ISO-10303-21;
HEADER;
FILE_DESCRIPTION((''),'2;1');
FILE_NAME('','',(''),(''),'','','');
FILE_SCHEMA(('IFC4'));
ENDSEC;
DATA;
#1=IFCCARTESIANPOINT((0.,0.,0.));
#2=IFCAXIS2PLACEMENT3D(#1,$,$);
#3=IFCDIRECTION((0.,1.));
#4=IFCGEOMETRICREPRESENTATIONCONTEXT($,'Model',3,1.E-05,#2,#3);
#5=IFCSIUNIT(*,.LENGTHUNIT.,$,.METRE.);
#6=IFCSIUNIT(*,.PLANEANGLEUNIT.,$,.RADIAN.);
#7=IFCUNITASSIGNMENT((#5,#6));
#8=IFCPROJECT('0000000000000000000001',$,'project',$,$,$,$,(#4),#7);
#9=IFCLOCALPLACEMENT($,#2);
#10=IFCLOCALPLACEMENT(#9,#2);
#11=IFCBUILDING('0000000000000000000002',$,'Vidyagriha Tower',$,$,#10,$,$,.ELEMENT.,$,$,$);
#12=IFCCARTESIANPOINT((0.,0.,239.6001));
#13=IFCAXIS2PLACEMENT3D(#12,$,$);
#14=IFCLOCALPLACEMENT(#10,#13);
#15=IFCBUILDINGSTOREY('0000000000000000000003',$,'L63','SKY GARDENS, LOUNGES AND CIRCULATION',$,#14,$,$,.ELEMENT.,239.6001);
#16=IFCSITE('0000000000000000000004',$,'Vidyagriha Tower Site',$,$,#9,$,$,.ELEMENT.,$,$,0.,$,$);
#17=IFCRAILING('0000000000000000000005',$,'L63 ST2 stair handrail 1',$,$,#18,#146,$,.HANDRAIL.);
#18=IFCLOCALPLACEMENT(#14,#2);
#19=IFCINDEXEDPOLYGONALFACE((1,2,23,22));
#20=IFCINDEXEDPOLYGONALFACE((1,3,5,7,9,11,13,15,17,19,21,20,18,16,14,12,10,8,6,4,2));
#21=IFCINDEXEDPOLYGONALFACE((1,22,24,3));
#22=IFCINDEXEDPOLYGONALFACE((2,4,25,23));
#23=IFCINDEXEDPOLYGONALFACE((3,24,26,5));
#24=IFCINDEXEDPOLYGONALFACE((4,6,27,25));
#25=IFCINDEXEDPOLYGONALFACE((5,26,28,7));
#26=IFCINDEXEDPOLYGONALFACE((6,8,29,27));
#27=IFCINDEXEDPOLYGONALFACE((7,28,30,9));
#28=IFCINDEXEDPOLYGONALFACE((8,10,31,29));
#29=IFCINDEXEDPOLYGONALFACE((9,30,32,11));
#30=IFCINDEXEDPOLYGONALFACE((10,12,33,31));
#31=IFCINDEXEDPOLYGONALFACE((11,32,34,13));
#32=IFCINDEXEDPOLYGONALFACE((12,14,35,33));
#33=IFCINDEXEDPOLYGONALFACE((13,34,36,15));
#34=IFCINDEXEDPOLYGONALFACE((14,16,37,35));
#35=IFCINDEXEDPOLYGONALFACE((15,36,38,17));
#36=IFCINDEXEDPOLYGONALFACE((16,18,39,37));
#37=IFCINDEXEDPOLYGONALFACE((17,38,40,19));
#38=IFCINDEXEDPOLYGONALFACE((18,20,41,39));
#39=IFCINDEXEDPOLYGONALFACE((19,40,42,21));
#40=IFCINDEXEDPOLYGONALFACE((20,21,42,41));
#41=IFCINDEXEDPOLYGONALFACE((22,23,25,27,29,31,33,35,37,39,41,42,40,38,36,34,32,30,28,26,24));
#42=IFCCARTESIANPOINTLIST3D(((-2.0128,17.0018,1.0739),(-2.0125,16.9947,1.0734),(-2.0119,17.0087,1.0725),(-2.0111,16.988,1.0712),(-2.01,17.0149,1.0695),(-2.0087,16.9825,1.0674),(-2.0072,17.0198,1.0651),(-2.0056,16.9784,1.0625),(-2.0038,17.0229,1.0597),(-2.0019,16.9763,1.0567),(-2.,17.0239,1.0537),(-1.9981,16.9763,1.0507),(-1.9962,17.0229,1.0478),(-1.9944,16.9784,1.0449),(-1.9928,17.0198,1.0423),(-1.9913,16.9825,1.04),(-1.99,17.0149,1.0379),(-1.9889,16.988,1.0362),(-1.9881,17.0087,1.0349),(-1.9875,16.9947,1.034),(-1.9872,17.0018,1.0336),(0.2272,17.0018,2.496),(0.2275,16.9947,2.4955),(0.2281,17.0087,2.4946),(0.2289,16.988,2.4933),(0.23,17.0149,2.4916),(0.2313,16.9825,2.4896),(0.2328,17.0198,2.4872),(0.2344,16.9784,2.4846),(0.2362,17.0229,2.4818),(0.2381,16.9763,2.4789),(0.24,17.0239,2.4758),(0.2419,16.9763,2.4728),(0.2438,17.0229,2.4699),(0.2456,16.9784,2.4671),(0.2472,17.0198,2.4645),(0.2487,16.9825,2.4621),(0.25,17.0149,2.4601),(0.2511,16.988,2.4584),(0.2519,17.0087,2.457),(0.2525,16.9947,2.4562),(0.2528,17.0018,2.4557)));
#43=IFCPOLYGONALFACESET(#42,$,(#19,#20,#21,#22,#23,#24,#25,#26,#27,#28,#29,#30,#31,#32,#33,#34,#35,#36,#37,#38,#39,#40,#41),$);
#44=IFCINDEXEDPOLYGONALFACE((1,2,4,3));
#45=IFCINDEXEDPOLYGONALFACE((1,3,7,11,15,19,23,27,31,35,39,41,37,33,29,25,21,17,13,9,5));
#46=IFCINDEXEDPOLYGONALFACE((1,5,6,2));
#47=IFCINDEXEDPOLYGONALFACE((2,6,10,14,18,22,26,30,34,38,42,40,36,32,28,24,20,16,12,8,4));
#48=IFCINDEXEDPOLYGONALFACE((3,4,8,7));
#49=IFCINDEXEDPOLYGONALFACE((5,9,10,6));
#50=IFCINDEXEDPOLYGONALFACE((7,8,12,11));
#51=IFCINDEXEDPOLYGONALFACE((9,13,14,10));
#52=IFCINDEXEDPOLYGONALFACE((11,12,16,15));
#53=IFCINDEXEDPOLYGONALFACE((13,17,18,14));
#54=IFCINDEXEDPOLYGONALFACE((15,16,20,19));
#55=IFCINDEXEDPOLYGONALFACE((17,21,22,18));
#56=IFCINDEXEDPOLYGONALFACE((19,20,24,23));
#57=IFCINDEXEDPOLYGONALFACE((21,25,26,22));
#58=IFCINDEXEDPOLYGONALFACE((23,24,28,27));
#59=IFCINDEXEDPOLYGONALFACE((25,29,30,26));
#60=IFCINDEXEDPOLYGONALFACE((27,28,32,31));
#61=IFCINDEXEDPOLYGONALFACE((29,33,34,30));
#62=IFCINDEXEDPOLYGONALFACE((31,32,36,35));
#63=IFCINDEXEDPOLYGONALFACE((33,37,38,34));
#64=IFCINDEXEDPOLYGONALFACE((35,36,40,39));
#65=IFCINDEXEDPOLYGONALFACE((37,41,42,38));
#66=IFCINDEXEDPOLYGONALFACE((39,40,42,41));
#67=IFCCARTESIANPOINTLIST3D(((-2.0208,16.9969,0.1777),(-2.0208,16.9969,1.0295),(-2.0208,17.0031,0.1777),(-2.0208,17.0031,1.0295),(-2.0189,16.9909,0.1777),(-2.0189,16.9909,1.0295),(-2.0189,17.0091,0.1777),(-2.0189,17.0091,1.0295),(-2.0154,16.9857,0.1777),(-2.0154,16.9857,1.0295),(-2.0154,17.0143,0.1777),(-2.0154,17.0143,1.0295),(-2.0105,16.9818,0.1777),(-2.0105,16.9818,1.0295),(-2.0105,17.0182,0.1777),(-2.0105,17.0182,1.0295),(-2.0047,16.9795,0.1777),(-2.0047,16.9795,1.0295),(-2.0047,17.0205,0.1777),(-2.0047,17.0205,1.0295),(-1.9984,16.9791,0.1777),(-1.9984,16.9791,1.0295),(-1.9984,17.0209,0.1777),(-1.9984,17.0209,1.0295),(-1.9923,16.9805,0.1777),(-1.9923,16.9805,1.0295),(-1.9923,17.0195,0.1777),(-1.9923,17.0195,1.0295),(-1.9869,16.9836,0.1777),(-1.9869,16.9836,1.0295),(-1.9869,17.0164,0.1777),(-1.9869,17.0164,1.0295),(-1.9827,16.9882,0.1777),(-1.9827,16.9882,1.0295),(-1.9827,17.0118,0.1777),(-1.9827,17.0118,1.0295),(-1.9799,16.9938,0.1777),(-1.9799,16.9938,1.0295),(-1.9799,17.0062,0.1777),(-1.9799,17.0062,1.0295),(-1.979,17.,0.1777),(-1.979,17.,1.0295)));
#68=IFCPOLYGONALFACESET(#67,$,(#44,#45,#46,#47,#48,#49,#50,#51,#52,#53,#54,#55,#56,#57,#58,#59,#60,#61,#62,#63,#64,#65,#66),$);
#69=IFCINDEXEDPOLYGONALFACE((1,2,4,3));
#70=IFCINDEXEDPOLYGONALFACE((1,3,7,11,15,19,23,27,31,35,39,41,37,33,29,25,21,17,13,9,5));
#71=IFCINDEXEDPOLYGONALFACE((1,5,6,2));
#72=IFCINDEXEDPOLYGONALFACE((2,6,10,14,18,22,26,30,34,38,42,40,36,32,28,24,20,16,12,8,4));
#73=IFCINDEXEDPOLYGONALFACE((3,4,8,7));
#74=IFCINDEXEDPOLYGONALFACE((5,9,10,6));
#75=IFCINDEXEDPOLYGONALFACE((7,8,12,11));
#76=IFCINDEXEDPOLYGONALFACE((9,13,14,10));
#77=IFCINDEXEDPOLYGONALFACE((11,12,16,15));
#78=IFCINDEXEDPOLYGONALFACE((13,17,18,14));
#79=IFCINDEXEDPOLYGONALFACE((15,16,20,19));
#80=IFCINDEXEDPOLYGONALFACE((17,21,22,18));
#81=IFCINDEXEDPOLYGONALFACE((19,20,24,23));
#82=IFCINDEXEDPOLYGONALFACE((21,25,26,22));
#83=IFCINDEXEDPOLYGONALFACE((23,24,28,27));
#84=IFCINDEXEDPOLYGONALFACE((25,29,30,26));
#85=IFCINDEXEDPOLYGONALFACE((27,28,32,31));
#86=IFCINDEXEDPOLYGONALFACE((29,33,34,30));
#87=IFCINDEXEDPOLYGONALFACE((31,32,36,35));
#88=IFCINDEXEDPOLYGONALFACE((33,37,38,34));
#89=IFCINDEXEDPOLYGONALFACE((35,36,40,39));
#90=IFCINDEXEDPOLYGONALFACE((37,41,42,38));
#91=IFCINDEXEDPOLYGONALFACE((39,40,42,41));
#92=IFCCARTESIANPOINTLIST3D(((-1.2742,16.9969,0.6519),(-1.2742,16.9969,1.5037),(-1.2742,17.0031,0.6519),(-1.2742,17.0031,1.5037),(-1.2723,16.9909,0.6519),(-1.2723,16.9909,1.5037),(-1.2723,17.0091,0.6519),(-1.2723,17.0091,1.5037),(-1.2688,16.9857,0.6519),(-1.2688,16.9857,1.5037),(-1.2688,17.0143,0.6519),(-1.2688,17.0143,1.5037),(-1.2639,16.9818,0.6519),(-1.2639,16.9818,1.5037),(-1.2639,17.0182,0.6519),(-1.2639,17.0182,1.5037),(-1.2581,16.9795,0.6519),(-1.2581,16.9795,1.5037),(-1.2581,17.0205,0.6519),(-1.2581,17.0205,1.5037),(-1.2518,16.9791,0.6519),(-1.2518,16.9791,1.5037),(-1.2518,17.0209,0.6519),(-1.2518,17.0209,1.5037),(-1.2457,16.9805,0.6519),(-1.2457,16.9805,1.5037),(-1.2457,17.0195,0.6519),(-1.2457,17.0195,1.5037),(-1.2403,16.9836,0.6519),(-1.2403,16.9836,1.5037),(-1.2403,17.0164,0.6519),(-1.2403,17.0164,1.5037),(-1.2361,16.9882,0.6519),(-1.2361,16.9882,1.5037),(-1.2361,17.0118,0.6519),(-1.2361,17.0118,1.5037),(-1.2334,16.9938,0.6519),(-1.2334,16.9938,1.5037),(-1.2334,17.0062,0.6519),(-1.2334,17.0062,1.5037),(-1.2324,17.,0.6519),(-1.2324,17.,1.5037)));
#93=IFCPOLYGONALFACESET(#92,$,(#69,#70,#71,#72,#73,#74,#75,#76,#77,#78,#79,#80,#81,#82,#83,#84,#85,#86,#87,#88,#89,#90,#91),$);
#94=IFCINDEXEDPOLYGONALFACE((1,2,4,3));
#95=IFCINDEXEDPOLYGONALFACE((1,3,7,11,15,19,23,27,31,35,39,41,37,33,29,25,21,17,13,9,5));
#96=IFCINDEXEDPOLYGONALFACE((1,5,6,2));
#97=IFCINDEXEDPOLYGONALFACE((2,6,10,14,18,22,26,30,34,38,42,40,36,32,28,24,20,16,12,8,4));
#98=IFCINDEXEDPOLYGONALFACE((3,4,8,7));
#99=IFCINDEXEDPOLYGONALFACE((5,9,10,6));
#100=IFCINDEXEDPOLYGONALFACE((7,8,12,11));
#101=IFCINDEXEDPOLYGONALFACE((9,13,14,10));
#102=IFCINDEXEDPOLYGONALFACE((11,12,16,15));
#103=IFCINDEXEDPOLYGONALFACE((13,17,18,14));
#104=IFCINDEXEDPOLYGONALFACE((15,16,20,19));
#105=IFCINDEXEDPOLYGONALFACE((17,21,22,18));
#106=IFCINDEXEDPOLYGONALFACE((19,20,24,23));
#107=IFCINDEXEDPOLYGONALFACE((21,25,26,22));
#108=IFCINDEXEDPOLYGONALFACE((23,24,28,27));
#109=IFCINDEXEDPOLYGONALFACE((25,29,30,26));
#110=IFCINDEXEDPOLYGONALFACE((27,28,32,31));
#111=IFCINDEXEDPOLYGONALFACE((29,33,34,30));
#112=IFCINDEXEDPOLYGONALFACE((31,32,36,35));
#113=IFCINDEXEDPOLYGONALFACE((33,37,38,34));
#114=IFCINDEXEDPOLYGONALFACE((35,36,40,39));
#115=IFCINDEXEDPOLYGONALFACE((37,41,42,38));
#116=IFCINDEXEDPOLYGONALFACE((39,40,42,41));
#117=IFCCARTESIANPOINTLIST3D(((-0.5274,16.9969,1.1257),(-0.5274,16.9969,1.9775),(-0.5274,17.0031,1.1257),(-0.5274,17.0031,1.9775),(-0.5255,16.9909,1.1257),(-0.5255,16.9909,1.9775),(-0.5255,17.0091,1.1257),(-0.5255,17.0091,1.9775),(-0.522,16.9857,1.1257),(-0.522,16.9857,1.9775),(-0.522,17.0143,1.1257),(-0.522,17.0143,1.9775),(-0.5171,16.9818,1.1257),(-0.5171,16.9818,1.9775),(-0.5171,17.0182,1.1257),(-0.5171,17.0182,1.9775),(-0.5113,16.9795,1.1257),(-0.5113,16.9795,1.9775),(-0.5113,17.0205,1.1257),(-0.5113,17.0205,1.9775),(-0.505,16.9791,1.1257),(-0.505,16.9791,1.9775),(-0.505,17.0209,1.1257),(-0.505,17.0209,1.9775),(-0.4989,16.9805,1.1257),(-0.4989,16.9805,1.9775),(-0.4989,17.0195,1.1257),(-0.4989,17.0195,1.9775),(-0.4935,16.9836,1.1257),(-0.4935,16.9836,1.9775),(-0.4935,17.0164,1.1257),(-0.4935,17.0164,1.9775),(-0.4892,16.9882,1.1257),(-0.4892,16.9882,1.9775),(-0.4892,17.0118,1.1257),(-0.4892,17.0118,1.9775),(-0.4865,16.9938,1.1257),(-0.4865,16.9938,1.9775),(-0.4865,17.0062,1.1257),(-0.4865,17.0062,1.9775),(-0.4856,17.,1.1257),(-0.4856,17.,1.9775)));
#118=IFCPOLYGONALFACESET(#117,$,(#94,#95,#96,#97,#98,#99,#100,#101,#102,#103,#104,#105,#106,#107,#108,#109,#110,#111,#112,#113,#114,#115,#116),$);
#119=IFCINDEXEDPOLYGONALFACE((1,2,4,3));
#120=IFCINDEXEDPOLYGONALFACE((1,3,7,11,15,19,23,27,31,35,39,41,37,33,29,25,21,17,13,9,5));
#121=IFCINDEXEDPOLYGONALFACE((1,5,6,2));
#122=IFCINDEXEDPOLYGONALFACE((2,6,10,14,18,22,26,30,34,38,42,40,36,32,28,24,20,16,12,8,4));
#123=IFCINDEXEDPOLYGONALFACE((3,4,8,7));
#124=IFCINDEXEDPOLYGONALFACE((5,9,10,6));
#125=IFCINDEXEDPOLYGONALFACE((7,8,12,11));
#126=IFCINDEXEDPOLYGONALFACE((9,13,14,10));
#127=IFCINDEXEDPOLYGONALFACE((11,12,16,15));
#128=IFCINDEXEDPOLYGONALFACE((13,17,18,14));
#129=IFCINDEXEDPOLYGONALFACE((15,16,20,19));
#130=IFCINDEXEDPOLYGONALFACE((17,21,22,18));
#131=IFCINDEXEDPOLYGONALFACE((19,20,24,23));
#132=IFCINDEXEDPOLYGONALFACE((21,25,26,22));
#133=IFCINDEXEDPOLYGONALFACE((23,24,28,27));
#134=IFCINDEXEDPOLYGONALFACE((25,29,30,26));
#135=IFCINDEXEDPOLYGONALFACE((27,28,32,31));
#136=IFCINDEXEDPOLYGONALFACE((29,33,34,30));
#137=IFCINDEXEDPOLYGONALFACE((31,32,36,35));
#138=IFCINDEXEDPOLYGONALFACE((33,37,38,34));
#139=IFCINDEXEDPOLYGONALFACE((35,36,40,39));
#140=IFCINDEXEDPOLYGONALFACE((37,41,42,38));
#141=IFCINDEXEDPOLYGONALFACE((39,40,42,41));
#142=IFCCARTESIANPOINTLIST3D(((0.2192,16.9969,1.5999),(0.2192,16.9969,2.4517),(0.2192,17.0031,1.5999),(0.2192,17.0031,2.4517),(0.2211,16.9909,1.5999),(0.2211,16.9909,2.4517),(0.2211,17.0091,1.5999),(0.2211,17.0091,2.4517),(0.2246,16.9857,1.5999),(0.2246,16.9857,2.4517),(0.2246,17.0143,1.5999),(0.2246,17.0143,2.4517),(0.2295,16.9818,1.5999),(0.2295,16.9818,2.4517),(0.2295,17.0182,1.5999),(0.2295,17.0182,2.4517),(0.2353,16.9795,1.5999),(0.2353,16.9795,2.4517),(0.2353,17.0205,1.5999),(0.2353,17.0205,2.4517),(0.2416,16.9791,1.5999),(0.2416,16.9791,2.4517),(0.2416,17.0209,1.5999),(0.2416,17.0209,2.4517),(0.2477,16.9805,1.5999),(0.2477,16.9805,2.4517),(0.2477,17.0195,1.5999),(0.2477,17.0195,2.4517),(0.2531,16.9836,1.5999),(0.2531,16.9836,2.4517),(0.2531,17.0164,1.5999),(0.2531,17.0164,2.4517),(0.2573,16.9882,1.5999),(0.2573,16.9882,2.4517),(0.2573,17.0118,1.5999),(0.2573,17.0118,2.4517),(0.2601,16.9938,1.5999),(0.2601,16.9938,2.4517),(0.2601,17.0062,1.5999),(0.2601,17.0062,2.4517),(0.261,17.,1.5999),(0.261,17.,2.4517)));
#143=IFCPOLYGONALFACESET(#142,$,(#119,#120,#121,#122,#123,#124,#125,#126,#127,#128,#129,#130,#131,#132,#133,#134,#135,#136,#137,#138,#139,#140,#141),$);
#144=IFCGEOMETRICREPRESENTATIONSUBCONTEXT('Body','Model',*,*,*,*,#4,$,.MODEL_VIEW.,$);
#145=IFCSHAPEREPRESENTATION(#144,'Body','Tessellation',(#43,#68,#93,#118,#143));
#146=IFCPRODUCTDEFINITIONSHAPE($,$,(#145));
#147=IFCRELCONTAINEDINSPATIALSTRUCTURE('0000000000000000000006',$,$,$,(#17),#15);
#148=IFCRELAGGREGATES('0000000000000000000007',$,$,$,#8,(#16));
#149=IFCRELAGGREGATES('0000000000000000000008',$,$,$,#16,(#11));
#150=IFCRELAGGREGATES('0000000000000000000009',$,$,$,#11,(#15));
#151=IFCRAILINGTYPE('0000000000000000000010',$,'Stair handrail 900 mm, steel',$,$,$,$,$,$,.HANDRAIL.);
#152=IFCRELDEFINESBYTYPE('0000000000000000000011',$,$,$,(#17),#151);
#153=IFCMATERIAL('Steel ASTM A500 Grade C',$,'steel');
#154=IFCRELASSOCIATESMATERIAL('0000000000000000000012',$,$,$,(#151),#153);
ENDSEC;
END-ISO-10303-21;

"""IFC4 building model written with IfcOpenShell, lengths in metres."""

from ifc_helpers import new_model, si_unit, direction, frame, origin, origin_2d, place, context, subcontext, project, spatial, circle, extrude, material, type_object, element, save


model = new_model("IFC4")

# Units and contexts
model_context = context("Model", 3, precision=1e-05, world=origin(), true_north=direction((0.0, 1.0)))
body_context = subcontext(model_context, "Body", "Model", "MODEL_VIEW")
ifc_project = project(units=[si_unit("LENGTHUNIT", "METRE"), si_unit("PLANEANGLEUNIT", "RADIAN")], contexts=[model_context])

# Site, building, storey
site_placement = place(None, origin())
site = spatial("IfcSite", under=ifc_project, at=site_placement, Name="Vidyagriha Tower Site", CompositionType="ELEMENT", RefElevation=0.0)
building_placement = place(site_placement, origin())
building = spatial("IfcBuilding", under=site, at=building_placement, Name="Vidyagriha Tower", CompositionType="ELEMENT")
storey_placement = place(building_placement, frame((0.0, 0.0, 239.6001)))
storey = spatial("IfcBuildingStorey", under=building, at=storey_placement, Name="L63", Description="SKY GARDENS, LOUNGES AND CIRCULATION", CompositionType="ELEMENT", Elevation=239.6001)

# Railing
ifc_material_1 = material(Name="Steel ASTM A500 Grade C", Category="steel")
railing_type = type_object("IfcRailingType", Name="Stair handrail 900 mm, steel", PredefinedType="HANDRAIL", material=ifc_material_1)
for number, where, name in (
    (1, (-2.0, 17.0, 0.1777), "L63 ST2 stair handrail 1"),
):
    element("IfcRailing", number, at=place(storey_placement, frame(where)), inside=storey, type_object=railing_type, Name=name, PredefinedType="HANDRAIL", context=body_context, shape_type="SweptSolid", body=[
        extrude(circle(Radius=0.0239, at=origin_2d()), frame((0.0, 0.0, 0.876), z_axis=(0.844229, 0.0, 0.535982), x_axis=(0.0, 1.0, 0.0)), (0.0, 0.0, 1.0), 2.6533),
        extrude(circle(Radius=0.021, at=origin_2d()), origin(), (0.0, 0.0, 1.0), 0.8518),
        extrude(circle(Radius=0.021, at=origin_2d()), frame((0.7466, 0.0, 0.4741)), (0.0, 0.0, 1.0), 0.8518),
        extrude(circle(Radius=0.021, at=origin_2d()), frame((1.4934, 0.0, 0.948)), (0.0, 0.0, 1.0), 0.8518),
        extrude(circle(Radius=0.021, at=origin_2d()), frame((2.24, 0.0, 1.4221)), (0.0, 0.0, 1.0), 0.8518),
    ])

save(model, "model.ifc")
